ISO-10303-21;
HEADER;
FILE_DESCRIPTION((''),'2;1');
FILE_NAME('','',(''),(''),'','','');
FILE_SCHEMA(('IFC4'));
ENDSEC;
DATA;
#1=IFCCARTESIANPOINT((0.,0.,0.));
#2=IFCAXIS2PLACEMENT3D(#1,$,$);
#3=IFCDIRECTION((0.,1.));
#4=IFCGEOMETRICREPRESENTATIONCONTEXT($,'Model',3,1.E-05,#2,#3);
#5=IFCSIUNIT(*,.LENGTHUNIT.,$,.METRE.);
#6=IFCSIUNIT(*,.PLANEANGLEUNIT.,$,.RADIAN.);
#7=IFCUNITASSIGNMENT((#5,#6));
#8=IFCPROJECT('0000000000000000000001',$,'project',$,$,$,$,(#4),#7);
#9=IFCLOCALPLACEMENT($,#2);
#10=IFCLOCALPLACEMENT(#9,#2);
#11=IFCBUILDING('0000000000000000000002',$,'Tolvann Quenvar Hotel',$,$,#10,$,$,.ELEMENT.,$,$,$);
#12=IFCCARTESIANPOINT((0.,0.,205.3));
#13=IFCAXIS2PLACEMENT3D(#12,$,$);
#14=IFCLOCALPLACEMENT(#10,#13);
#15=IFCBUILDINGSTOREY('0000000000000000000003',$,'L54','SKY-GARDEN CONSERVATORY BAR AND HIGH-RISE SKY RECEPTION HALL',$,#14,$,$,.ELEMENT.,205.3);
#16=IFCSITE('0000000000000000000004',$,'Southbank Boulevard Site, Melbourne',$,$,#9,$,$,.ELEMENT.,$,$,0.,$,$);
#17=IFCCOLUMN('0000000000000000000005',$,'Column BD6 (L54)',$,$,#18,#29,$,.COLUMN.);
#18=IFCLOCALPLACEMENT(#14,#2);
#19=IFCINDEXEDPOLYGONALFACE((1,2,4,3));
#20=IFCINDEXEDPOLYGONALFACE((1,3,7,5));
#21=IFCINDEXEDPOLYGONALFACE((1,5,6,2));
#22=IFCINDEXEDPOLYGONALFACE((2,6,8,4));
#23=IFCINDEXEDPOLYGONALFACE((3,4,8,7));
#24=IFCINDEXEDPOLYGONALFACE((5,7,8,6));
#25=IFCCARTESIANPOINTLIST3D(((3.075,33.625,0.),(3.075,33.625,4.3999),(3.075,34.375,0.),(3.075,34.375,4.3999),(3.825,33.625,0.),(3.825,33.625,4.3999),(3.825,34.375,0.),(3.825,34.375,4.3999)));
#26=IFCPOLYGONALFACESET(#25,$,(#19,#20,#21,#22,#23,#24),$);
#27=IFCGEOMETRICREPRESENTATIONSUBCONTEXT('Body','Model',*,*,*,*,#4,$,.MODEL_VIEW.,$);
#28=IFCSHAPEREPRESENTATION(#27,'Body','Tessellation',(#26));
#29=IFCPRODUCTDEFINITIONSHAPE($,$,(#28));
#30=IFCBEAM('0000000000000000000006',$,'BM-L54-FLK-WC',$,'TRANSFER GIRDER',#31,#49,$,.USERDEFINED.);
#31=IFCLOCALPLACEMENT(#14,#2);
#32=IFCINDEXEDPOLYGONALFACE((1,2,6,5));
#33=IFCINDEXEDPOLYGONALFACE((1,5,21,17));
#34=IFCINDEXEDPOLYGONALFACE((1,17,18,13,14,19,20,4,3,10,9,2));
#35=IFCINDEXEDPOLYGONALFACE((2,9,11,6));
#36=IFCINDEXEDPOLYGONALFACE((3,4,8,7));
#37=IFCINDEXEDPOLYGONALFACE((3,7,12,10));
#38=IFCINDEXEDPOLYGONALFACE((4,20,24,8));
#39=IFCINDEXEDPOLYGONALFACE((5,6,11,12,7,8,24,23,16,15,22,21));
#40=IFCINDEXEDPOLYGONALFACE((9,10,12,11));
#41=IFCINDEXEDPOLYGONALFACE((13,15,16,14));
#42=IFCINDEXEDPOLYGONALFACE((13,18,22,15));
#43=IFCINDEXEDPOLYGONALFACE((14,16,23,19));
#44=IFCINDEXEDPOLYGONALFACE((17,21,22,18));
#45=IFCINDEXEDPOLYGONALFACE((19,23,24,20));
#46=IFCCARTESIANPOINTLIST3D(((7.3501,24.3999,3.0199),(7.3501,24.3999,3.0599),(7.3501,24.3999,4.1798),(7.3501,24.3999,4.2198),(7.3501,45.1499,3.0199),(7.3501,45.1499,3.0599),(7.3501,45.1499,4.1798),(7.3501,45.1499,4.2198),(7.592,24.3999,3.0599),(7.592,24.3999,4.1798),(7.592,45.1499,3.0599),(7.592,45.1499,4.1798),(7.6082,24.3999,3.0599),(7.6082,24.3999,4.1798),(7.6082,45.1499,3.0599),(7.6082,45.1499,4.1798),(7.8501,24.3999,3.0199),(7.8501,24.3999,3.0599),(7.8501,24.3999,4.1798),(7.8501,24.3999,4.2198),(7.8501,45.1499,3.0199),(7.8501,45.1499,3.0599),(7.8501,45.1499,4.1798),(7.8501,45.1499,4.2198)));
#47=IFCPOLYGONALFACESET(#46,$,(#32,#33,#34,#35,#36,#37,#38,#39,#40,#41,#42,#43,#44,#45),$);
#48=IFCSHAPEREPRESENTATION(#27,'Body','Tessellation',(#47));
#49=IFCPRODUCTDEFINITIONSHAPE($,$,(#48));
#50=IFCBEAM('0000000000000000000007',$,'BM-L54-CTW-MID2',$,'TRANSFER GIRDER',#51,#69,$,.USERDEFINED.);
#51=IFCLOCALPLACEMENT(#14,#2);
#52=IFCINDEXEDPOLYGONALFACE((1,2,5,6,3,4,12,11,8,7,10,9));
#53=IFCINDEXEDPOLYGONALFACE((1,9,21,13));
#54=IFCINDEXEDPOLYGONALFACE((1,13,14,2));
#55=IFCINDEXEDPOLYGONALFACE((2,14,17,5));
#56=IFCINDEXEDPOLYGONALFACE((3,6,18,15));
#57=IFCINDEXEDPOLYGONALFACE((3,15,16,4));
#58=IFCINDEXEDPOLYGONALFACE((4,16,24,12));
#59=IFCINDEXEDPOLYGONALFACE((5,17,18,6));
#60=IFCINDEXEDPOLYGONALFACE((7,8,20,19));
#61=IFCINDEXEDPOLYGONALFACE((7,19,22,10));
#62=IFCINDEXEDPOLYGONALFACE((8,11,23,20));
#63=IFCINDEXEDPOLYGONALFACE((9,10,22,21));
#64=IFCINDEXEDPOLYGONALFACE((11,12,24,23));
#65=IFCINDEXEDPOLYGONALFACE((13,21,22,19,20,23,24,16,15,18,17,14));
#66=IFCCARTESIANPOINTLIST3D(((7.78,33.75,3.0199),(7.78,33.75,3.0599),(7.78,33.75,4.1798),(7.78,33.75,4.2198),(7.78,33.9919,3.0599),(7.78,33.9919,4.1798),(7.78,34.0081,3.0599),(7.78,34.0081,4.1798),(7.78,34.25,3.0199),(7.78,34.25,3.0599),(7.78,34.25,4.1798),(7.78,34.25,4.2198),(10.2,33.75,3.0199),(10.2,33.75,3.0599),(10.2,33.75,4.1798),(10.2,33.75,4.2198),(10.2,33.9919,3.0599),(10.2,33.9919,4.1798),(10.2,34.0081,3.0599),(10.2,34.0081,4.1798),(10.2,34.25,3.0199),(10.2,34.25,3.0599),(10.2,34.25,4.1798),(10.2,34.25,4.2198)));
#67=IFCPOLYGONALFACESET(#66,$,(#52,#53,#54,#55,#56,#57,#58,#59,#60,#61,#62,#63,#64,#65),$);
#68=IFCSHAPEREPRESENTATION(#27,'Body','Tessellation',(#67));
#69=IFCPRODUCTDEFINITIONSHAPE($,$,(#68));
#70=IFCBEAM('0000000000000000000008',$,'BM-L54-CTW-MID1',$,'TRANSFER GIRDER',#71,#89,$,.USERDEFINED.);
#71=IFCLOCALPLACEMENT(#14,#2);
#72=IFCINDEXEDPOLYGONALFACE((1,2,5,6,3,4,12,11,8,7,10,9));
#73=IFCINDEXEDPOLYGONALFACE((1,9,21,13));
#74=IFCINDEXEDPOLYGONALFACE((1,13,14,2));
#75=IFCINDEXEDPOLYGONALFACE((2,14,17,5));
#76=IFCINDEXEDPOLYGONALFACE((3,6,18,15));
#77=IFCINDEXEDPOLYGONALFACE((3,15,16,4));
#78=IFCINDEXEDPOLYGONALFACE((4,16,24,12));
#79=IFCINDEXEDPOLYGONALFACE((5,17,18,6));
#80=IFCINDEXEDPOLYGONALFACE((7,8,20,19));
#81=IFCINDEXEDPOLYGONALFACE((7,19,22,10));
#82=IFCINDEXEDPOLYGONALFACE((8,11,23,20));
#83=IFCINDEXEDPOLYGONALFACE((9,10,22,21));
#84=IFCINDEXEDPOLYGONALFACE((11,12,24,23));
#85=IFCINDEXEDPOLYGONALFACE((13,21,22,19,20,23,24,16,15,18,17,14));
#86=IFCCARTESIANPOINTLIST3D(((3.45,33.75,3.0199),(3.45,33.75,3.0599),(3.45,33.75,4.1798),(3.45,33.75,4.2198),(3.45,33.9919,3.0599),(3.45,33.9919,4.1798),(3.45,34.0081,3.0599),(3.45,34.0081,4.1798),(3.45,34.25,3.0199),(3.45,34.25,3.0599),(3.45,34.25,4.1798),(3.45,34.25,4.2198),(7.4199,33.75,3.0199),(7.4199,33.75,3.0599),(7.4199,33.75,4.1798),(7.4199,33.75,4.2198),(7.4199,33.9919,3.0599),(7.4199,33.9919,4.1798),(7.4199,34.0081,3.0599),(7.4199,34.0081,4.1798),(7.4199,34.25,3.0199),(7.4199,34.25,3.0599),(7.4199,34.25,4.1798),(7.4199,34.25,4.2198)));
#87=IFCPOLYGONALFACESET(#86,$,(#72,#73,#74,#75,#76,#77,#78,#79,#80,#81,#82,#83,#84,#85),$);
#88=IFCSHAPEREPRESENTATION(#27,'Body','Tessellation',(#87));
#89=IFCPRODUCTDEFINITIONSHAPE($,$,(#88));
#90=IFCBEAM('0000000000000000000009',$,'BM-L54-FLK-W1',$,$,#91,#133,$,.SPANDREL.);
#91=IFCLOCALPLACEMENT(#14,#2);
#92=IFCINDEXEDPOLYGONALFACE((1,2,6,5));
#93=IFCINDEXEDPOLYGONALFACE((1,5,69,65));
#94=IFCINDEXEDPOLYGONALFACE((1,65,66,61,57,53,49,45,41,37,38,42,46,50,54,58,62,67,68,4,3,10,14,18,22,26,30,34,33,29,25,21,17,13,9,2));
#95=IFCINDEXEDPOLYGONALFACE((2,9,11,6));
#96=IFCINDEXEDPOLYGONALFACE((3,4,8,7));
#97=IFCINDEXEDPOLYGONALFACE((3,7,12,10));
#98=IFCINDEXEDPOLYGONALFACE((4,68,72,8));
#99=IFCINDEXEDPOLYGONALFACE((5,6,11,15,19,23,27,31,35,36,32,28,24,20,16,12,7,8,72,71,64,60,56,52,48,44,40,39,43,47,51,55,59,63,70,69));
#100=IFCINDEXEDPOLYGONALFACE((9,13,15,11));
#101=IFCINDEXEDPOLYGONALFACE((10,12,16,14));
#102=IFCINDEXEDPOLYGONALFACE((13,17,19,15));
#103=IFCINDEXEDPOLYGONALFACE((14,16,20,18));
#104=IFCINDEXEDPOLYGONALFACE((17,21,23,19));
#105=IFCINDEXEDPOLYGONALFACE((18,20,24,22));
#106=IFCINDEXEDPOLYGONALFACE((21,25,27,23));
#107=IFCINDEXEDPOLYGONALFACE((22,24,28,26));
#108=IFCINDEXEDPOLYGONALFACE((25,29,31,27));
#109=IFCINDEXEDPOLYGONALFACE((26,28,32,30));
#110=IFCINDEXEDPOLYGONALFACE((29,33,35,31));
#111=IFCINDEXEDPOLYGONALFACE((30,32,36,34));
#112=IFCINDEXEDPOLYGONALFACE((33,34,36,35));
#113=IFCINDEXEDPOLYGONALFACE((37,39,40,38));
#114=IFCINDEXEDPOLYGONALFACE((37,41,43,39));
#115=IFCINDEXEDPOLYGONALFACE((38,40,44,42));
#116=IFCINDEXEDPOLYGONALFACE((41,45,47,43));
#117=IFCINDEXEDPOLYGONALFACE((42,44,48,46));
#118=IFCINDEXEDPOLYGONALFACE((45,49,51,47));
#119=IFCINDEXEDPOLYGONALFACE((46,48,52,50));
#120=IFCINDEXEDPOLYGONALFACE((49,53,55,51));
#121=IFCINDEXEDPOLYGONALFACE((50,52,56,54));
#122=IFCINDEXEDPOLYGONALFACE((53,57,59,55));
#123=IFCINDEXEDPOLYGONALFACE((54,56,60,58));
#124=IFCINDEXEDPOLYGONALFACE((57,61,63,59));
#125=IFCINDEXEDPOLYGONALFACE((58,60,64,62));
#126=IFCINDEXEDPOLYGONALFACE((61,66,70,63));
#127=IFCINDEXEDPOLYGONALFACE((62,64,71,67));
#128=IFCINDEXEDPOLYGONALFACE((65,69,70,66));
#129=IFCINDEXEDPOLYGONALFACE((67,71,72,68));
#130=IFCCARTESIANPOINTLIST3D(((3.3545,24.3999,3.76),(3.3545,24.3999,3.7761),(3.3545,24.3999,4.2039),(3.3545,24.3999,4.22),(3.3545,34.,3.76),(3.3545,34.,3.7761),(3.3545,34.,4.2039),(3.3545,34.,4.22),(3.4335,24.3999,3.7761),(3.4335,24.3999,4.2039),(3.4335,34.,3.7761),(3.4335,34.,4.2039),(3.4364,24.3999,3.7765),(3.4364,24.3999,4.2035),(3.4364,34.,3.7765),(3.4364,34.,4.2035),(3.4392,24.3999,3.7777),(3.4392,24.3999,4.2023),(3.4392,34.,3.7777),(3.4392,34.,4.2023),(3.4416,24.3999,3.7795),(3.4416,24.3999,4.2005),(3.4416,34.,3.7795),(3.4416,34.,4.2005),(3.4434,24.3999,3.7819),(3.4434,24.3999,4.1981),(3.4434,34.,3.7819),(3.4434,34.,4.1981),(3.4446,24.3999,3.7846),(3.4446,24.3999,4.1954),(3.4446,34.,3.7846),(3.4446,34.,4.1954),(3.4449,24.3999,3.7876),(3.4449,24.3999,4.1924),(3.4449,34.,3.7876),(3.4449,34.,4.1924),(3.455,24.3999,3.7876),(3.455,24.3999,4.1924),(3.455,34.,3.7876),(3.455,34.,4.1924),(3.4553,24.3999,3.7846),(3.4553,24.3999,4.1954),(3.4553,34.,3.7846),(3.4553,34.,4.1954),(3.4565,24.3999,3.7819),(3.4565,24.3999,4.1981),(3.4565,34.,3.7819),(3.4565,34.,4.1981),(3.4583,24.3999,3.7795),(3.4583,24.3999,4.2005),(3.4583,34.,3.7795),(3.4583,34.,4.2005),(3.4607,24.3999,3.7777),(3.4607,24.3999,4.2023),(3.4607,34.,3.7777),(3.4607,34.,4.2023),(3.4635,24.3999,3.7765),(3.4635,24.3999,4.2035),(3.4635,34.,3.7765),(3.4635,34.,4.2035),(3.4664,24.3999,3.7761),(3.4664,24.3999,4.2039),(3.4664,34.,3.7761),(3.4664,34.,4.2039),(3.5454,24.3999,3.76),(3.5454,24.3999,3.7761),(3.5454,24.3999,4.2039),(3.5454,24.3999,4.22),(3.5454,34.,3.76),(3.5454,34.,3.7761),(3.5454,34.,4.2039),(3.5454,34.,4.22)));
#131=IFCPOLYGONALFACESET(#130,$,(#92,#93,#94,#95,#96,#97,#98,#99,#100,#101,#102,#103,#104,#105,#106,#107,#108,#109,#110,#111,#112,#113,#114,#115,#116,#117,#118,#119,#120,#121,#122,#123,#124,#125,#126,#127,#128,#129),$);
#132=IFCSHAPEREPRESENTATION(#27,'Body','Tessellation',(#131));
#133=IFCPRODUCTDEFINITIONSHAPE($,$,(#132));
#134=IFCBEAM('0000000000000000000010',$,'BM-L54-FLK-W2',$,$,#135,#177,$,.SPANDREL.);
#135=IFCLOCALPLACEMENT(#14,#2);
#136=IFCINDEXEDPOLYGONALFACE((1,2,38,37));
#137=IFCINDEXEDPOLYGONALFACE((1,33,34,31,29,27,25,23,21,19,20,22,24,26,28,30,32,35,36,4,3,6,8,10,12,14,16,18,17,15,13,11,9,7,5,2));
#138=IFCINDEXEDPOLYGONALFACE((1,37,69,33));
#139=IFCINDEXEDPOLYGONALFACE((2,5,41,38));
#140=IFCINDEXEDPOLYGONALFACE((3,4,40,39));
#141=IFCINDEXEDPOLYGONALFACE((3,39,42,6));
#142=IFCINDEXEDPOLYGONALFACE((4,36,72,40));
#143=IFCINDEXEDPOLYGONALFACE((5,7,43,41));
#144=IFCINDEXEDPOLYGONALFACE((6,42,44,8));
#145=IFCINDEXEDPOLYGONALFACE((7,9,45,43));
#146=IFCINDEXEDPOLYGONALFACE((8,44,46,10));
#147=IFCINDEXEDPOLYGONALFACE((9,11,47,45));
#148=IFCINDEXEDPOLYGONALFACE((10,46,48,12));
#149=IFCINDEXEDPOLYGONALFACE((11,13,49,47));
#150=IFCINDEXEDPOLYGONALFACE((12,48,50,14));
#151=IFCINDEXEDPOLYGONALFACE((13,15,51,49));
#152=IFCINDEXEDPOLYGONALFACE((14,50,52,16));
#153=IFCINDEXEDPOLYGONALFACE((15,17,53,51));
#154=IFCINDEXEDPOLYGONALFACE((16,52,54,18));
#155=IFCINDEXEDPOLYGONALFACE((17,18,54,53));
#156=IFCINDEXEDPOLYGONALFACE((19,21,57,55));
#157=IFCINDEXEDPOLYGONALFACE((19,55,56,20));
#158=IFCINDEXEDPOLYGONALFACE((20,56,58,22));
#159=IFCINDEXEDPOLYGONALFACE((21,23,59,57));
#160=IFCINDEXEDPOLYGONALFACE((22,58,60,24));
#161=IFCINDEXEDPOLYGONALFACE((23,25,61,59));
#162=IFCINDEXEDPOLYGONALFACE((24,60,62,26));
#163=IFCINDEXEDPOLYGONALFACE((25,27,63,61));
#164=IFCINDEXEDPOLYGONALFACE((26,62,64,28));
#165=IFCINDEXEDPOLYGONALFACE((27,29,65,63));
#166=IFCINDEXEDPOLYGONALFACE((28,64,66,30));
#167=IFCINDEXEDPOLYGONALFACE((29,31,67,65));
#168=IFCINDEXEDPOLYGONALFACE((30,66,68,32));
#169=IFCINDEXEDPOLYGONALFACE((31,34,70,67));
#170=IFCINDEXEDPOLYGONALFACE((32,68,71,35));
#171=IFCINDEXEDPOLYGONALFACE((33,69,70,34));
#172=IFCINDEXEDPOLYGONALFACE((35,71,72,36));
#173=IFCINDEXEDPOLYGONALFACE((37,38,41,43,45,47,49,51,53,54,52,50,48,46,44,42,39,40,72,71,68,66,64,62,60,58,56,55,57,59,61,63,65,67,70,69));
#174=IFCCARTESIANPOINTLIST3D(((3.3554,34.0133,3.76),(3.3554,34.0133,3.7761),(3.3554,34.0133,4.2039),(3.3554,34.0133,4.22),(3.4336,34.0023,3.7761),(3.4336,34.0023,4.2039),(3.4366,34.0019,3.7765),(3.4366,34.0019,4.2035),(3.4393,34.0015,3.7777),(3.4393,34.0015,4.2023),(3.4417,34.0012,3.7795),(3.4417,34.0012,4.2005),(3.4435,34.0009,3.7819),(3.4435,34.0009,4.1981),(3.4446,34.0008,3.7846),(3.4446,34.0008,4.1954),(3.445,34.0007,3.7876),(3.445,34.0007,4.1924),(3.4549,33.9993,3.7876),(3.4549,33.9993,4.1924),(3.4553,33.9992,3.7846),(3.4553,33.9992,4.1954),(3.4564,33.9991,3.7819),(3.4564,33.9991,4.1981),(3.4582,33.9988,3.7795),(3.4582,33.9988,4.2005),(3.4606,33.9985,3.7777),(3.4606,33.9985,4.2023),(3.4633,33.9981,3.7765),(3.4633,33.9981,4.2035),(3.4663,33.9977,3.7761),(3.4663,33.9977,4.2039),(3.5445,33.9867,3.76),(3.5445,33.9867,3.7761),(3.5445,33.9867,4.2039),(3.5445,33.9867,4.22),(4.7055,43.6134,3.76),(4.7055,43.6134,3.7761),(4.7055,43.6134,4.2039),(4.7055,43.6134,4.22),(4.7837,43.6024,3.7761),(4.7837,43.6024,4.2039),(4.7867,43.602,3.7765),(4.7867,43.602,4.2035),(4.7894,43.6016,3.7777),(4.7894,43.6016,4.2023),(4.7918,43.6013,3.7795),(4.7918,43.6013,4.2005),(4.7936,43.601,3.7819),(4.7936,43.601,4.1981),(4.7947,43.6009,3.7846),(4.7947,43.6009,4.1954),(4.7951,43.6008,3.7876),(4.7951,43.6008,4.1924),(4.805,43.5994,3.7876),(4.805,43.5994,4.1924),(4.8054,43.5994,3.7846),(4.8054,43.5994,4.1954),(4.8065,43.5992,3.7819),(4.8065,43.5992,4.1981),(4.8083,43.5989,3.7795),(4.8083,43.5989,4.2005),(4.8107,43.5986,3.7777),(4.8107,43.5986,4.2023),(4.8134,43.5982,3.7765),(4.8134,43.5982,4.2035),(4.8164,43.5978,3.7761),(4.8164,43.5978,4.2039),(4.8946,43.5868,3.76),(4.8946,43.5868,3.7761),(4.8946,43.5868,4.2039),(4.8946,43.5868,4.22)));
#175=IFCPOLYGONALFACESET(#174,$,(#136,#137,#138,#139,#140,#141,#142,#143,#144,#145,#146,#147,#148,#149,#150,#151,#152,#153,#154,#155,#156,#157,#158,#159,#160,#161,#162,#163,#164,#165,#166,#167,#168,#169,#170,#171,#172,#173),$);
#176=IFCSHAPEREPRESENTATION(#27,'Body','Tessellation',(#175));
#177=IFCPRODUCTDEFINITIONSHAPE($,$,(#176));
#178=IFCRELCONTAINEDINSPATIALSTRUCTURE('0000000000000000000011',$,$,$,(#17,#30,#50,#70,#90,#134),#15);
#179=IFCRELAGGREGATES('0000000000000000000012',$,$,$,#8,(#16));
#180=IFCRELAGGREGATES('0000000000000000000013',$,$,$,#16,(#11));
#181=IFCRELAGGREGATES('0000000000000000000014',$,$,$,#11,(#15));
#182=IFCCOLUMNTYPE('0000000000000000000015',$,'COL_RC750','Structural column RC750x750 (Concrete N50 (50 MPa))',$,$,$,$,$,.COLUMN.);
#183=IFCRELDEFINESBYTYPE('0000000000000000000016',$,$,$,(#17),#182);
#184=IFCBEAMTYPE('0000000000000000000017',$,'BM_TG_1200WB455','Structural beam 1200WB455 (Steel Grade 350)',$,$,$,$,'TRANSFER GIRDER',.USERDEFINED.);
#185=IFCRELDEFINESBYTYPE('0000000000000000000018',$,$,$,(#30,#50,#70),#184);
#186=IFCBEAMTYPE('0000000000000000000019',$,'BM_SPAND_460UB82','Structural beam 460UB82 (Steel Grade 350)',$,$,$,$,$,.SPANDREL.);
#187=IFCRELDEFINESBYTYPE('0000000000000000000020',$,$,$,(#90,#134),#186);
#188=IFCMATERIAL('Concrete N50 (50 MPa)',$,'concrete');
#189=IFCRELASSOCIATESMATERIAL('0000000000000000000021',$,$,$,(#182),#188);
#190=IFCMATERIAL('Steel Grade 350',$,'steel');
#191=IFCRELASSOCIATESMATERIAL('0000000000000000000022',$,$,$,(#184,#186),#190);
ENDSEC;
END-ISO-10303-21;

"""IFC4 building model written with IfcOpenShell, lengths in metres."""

from ifc_helpers import new_model, si_unit, direction, frame, origin, origin_2d, place, context, subcontext, project, spatial, rectangle, i_section, extrude, source, transform, mapped, material, material_profile, profile_set, type_object, type_shapes, element, save


model = new_model("IFC4")

# Units and contexts
model_context = context("Model", 3, precision=1e-05, world=origin(), true_north=direction((0.0, 1.0)))
body_context = subcontext(model_context, "Body", "Model", "MODEL_VIEW")
ifc_project = project(units=[si_unit("LENGTHUNIT", "METRE"), si_unit("PLANEANGLEUNIT", "RADIAN")], contexts=[model_context])

# Site, building, storey
site_placement = place(None, origin())
site = spatial("IfcSite", under=ifc_project, at=site_placement, Name="Southbank Boulevard Site, Melbourne", CompositionType="ELEMENT", RefElevation=0.0)
building_placement = place(site_placement, origin())
building = spatial("IfcBuilding", under=site, at=building_placement, Name="Tolvann Quenvar Hotel", CompositionType="ELEMENT")
storey_placement = place(building_placement, frame((0.0, 0.0, 205.3)))
storey = spatial("IfcBuildingStorey", under=building, at=storey_placement, Name="L54", Description="SKY-GARDEN CONSERVATORY BAR AND HIGH-RISE SKY RECEPTION HALL", CompositionType="ELEMENT", Elevation=205.3)

# Column
ifc_material_1 = material(Name="Concrete N50 (50 MPa)", Category="concrete")
ifc_material_profile_1 = material_profile(ifc_material_1, rectangle(XDim=0.75, YDim=0.75, at=origin_2d()), Name="RC750x750")
ifc_profile_set_1 = profile_set([ifc_material_profile_1], Name="Concrete N50 (50 MPa)")
column_type = type_object("IfcColumnType", Name="COL_RC750", Description="Structural column RC750x750 (Concrete N50 (50 MPa))", PredefinedType="COLUMN", material=ifc_profile_set_1)
shared_shape_1 = source(origin(), body_context, "Body", "SweptSolid", [
    extrude(rectangle(XDim=0.75, YDim=0.75, at=origin_2d()), origin(), (0.0, 0.0, 1.0), 4.3999),
])
type_shapes(column_type, [shared_shape_1])
column_placement = place(storey_placement, frame((3.45, 34.0, 0.0), z_axis=(0.0, 0.0, 1.0), x_axis=(1.0, 0.0, 0.0)))
element("IfcColumn", 1, at=column_placement, inside=storey, type_object=column_type, Name="Column BD6 (L54)", PredefinedType="COLUMN", context=body_context, shape_type="MappedRepresentation", body=[
    mapped(shared_shape_1, transform((0.0, 0.0, 0.0), x_axis=(1.0, 0.0, 0.0), y_axis=(0.0, 1.0, 0.0), z_axis=(0.0, 0.0, 1.0), scale=1.0)),
])

# Beams
ifc_material_2 = material(Name="Steel Grade 350", Category="steel")
ifc_material_profile_2 = material_profile(ifc_material_2, i_section(OverallWidth=0.5, OverallDepth=1.2, WebThickness=0.0161, FlangeThickness=0.04, at=origin_2d()), Name="1200WB455")
ifc_profile_set_2 = profile_set([ifc_material_profile_2], Name="Steel Grade 350")
beam_type_1 = type_object("IfcBeamType", Name="BM_TG_1200WB455", Description="Structural beam 1200WB455 (Steel Grade 350)", ElementType="TRANSFER GIRDER", PredefinedType="USERDEFINED", material=ifc_profile_set_2)
shared_shape_2 = source(origin(), body_context, "Body", "SweptSolid", [
    extrude(i_section(OverallWidth=0.5, OverallDepth=1.2, WebThickness=0.0161, FlangeThickness=0.04, at=origin_2d()), origin(), (0.0, 0.0, 1.0), 20.75),
])
beam_1_placement = place(storey_placement, frame((7.6001, 24.3999, 3.6199), z_axis=(0.0, 1.0, 0.0), x_axis=(-1.0, 0.0, 0.0)))
element("IfcBeam", 2, at=beam_1_placement, inside=storey, type_object=beam_type_1, Name="BM-L54-FLK-WC", ObjectType="TRANSFER GIRDER", PredefinedType="USERDEFINED", context=body_context, shape_type="MappedRepresentation", body=[
    mapped(shared_shape_2, transform((0.0, 0.0, 0.0), x_axis=(1.0, 0.0, 0.0), y_axis=(0.0, 1.0, 0.0), z_axis=(0.0, 0.0, 1.0), scale=1.0)),
])
shared_shape_3 = source(origin(), body_context, "Body", "SweptSolid", [
    extrude(i_section(OverallWidth=0.5, OverallDepth=1.2, WebThickness=0.0161, FlangeThickness=0.04, at=origin_2d()), origin(), (0.0, 0.0, 1.0), 2.4199),
])
beam_2_placement = place(storey_placement, frame((7.78, 34.0, 3.6199), z_axis=(1.0, 0.0, 0.0), x_axis=(0.0, 1.0, 0.0)))
element("IfcBeam", 3, at=beam_2_placement, inside=storey, type_object=beam_type_1, Name="BM-L54-CTW-MID2", ObjectType="TRANSFER GIRDER", PredefinedType="USERDEFINED", context=body_context, shape_type="MappedRepresentation", body=[
    mapped(shared_shape_3, transform((0.0, 0.0, 0.0), x_axis=(1.0, 0.0, 0.0), y_axis=(0.0, 1.0, 0.0), z_axis=(0.0, 0.0, 1.0), scale=1.0)),
])
shared_shape_4 = source(origin(), body_context, "Body", "SweptSolid", [
    extrude(i_section(OverallWidth=0.5, OverallDepth=1.2, WebThickness=0.0161, FlangeThickness=0.04, at=origin_2d()), origin(), (0.0, 0.0, 1.0), 3.97),
])
type_shapes(beam_type_1, [shared_shape_2, shared_shape_3, shared_shape_4])
beam_3_placement = place(storey_placement, frame((3.45, 34.0, 3.6199), z_axis=(1.0, 0.0, 0.0), x_axis=(0.0, 1.0, 0.0)))
element("IfcBeam", 4, at=beam_3_placement, inside=storey, type_object=beam_type_1, Name="BM-L54-CTW-MID1", ObjectType="TRANSFER GIRDER", PredefinedType="USERDEFINED", context=body_context, shape_type="MappedRepresentation", body=[
    mapped(shared_shape_4, transform((0.0, 0.0, 0.0), x_axis=(1.0, 0.0, 0.0), y_axis=(0.0, 1.0, 0.0), z_axis=(0.0, 0.0, 1.0), scale=1.0)),
])
ifc_material_profile_3 = material_profile(ifc_material_2, i_section(OverallWidth=0.1909, OverallDepth=0.46, WebThickness=0.01, FlangeThickness=0.0161, FilletRadius=0.0115, at=origin_2d()), Name="460UB82")
ifc_profile_set_3 = profile_set([ifc_material_profile_3], Name="Steel Grade 350")
beam_type_2 = type_object("IfcBeamType", Name="BM_SPAND_460UB82", Description="Structural beam 460UB82 (Steel Grade 350)", PredefinedType="SPANDREL", material=ifc_profile_set_3)
shared_shape_5 = source(origin(), body_context, "Body", "SweptSolid", [
    extrude(i_section(OverallWidth=0.1909, OverallDepth=0.46, WebThickness=0.01, FlangeThickness=0.0161, FilletRadius=0.0115, at=origin_2d()), origin(), (0.0, 0.0, 1.0), 9.6001),
])
beam_4_placement = place(storey_placement, frame((3.45, 24.3999, 3.99), z_axis=(0.0, 1.0, 0.0), x_axis=(-1.0, 0.0, 0.0)))
element("IfcBeam", 5, at=beam_4_placement, inside=storey, type_object=beam_type_2, Name="BM-L54-FLK-W1", PredefinedType="SPANDREL", context=body_context, shape_type="MappedRepresentation", body=[
    mapped(shared_shape_5, transform((0.0, 0.0, 0.0), x_axis=(1.0, 0.0, 0.0), y_axis=(0.0, 1.0, 0.0), z_axis=(0.0, 0.0, 1.0), scale=1.0)),
])
shared_shape_6 = source(origin(), body_context, "Body", "SweptSolid", [
    extrude(i_section(OverallWidth=0.1909, OverallDepth=0.46, WebThickness=0.01, FlangeThickness=0.0161, FilletRadius=0.0115, at=origin_2d()), origin(), (0.0, 0.0, 1.0), 9.6946),
])
type_shapes(beam_type_2, [shared_shape_5, shared_shape_6])
beam_5_placement = place(storey_placement, frame((3.45, 34.0, 3.99), z_axis=(0.139263, 0.990255, 0.0), x_axis=(-0.990255, 0.139263, 0.0)))
element("IfcBeam", 6, at=beam_5_placement, inside=storey, type_object=beam_type_2, Name="BM-L54-FLK-W2", PredefinedType="SPANDREL", context=body_context, shape_type="MappedRepresentation", body=[
    mapped(shared_shape_6, transform((0.0, 0.0, 0.0), x_axis=(1.0, 0.0, 0.0), y_axis=(0.0, 1.0, 0.0), z_axis=(0.0, 0.0, 1.0), scale=1.0)),
])

save(model, "model.ifc")
